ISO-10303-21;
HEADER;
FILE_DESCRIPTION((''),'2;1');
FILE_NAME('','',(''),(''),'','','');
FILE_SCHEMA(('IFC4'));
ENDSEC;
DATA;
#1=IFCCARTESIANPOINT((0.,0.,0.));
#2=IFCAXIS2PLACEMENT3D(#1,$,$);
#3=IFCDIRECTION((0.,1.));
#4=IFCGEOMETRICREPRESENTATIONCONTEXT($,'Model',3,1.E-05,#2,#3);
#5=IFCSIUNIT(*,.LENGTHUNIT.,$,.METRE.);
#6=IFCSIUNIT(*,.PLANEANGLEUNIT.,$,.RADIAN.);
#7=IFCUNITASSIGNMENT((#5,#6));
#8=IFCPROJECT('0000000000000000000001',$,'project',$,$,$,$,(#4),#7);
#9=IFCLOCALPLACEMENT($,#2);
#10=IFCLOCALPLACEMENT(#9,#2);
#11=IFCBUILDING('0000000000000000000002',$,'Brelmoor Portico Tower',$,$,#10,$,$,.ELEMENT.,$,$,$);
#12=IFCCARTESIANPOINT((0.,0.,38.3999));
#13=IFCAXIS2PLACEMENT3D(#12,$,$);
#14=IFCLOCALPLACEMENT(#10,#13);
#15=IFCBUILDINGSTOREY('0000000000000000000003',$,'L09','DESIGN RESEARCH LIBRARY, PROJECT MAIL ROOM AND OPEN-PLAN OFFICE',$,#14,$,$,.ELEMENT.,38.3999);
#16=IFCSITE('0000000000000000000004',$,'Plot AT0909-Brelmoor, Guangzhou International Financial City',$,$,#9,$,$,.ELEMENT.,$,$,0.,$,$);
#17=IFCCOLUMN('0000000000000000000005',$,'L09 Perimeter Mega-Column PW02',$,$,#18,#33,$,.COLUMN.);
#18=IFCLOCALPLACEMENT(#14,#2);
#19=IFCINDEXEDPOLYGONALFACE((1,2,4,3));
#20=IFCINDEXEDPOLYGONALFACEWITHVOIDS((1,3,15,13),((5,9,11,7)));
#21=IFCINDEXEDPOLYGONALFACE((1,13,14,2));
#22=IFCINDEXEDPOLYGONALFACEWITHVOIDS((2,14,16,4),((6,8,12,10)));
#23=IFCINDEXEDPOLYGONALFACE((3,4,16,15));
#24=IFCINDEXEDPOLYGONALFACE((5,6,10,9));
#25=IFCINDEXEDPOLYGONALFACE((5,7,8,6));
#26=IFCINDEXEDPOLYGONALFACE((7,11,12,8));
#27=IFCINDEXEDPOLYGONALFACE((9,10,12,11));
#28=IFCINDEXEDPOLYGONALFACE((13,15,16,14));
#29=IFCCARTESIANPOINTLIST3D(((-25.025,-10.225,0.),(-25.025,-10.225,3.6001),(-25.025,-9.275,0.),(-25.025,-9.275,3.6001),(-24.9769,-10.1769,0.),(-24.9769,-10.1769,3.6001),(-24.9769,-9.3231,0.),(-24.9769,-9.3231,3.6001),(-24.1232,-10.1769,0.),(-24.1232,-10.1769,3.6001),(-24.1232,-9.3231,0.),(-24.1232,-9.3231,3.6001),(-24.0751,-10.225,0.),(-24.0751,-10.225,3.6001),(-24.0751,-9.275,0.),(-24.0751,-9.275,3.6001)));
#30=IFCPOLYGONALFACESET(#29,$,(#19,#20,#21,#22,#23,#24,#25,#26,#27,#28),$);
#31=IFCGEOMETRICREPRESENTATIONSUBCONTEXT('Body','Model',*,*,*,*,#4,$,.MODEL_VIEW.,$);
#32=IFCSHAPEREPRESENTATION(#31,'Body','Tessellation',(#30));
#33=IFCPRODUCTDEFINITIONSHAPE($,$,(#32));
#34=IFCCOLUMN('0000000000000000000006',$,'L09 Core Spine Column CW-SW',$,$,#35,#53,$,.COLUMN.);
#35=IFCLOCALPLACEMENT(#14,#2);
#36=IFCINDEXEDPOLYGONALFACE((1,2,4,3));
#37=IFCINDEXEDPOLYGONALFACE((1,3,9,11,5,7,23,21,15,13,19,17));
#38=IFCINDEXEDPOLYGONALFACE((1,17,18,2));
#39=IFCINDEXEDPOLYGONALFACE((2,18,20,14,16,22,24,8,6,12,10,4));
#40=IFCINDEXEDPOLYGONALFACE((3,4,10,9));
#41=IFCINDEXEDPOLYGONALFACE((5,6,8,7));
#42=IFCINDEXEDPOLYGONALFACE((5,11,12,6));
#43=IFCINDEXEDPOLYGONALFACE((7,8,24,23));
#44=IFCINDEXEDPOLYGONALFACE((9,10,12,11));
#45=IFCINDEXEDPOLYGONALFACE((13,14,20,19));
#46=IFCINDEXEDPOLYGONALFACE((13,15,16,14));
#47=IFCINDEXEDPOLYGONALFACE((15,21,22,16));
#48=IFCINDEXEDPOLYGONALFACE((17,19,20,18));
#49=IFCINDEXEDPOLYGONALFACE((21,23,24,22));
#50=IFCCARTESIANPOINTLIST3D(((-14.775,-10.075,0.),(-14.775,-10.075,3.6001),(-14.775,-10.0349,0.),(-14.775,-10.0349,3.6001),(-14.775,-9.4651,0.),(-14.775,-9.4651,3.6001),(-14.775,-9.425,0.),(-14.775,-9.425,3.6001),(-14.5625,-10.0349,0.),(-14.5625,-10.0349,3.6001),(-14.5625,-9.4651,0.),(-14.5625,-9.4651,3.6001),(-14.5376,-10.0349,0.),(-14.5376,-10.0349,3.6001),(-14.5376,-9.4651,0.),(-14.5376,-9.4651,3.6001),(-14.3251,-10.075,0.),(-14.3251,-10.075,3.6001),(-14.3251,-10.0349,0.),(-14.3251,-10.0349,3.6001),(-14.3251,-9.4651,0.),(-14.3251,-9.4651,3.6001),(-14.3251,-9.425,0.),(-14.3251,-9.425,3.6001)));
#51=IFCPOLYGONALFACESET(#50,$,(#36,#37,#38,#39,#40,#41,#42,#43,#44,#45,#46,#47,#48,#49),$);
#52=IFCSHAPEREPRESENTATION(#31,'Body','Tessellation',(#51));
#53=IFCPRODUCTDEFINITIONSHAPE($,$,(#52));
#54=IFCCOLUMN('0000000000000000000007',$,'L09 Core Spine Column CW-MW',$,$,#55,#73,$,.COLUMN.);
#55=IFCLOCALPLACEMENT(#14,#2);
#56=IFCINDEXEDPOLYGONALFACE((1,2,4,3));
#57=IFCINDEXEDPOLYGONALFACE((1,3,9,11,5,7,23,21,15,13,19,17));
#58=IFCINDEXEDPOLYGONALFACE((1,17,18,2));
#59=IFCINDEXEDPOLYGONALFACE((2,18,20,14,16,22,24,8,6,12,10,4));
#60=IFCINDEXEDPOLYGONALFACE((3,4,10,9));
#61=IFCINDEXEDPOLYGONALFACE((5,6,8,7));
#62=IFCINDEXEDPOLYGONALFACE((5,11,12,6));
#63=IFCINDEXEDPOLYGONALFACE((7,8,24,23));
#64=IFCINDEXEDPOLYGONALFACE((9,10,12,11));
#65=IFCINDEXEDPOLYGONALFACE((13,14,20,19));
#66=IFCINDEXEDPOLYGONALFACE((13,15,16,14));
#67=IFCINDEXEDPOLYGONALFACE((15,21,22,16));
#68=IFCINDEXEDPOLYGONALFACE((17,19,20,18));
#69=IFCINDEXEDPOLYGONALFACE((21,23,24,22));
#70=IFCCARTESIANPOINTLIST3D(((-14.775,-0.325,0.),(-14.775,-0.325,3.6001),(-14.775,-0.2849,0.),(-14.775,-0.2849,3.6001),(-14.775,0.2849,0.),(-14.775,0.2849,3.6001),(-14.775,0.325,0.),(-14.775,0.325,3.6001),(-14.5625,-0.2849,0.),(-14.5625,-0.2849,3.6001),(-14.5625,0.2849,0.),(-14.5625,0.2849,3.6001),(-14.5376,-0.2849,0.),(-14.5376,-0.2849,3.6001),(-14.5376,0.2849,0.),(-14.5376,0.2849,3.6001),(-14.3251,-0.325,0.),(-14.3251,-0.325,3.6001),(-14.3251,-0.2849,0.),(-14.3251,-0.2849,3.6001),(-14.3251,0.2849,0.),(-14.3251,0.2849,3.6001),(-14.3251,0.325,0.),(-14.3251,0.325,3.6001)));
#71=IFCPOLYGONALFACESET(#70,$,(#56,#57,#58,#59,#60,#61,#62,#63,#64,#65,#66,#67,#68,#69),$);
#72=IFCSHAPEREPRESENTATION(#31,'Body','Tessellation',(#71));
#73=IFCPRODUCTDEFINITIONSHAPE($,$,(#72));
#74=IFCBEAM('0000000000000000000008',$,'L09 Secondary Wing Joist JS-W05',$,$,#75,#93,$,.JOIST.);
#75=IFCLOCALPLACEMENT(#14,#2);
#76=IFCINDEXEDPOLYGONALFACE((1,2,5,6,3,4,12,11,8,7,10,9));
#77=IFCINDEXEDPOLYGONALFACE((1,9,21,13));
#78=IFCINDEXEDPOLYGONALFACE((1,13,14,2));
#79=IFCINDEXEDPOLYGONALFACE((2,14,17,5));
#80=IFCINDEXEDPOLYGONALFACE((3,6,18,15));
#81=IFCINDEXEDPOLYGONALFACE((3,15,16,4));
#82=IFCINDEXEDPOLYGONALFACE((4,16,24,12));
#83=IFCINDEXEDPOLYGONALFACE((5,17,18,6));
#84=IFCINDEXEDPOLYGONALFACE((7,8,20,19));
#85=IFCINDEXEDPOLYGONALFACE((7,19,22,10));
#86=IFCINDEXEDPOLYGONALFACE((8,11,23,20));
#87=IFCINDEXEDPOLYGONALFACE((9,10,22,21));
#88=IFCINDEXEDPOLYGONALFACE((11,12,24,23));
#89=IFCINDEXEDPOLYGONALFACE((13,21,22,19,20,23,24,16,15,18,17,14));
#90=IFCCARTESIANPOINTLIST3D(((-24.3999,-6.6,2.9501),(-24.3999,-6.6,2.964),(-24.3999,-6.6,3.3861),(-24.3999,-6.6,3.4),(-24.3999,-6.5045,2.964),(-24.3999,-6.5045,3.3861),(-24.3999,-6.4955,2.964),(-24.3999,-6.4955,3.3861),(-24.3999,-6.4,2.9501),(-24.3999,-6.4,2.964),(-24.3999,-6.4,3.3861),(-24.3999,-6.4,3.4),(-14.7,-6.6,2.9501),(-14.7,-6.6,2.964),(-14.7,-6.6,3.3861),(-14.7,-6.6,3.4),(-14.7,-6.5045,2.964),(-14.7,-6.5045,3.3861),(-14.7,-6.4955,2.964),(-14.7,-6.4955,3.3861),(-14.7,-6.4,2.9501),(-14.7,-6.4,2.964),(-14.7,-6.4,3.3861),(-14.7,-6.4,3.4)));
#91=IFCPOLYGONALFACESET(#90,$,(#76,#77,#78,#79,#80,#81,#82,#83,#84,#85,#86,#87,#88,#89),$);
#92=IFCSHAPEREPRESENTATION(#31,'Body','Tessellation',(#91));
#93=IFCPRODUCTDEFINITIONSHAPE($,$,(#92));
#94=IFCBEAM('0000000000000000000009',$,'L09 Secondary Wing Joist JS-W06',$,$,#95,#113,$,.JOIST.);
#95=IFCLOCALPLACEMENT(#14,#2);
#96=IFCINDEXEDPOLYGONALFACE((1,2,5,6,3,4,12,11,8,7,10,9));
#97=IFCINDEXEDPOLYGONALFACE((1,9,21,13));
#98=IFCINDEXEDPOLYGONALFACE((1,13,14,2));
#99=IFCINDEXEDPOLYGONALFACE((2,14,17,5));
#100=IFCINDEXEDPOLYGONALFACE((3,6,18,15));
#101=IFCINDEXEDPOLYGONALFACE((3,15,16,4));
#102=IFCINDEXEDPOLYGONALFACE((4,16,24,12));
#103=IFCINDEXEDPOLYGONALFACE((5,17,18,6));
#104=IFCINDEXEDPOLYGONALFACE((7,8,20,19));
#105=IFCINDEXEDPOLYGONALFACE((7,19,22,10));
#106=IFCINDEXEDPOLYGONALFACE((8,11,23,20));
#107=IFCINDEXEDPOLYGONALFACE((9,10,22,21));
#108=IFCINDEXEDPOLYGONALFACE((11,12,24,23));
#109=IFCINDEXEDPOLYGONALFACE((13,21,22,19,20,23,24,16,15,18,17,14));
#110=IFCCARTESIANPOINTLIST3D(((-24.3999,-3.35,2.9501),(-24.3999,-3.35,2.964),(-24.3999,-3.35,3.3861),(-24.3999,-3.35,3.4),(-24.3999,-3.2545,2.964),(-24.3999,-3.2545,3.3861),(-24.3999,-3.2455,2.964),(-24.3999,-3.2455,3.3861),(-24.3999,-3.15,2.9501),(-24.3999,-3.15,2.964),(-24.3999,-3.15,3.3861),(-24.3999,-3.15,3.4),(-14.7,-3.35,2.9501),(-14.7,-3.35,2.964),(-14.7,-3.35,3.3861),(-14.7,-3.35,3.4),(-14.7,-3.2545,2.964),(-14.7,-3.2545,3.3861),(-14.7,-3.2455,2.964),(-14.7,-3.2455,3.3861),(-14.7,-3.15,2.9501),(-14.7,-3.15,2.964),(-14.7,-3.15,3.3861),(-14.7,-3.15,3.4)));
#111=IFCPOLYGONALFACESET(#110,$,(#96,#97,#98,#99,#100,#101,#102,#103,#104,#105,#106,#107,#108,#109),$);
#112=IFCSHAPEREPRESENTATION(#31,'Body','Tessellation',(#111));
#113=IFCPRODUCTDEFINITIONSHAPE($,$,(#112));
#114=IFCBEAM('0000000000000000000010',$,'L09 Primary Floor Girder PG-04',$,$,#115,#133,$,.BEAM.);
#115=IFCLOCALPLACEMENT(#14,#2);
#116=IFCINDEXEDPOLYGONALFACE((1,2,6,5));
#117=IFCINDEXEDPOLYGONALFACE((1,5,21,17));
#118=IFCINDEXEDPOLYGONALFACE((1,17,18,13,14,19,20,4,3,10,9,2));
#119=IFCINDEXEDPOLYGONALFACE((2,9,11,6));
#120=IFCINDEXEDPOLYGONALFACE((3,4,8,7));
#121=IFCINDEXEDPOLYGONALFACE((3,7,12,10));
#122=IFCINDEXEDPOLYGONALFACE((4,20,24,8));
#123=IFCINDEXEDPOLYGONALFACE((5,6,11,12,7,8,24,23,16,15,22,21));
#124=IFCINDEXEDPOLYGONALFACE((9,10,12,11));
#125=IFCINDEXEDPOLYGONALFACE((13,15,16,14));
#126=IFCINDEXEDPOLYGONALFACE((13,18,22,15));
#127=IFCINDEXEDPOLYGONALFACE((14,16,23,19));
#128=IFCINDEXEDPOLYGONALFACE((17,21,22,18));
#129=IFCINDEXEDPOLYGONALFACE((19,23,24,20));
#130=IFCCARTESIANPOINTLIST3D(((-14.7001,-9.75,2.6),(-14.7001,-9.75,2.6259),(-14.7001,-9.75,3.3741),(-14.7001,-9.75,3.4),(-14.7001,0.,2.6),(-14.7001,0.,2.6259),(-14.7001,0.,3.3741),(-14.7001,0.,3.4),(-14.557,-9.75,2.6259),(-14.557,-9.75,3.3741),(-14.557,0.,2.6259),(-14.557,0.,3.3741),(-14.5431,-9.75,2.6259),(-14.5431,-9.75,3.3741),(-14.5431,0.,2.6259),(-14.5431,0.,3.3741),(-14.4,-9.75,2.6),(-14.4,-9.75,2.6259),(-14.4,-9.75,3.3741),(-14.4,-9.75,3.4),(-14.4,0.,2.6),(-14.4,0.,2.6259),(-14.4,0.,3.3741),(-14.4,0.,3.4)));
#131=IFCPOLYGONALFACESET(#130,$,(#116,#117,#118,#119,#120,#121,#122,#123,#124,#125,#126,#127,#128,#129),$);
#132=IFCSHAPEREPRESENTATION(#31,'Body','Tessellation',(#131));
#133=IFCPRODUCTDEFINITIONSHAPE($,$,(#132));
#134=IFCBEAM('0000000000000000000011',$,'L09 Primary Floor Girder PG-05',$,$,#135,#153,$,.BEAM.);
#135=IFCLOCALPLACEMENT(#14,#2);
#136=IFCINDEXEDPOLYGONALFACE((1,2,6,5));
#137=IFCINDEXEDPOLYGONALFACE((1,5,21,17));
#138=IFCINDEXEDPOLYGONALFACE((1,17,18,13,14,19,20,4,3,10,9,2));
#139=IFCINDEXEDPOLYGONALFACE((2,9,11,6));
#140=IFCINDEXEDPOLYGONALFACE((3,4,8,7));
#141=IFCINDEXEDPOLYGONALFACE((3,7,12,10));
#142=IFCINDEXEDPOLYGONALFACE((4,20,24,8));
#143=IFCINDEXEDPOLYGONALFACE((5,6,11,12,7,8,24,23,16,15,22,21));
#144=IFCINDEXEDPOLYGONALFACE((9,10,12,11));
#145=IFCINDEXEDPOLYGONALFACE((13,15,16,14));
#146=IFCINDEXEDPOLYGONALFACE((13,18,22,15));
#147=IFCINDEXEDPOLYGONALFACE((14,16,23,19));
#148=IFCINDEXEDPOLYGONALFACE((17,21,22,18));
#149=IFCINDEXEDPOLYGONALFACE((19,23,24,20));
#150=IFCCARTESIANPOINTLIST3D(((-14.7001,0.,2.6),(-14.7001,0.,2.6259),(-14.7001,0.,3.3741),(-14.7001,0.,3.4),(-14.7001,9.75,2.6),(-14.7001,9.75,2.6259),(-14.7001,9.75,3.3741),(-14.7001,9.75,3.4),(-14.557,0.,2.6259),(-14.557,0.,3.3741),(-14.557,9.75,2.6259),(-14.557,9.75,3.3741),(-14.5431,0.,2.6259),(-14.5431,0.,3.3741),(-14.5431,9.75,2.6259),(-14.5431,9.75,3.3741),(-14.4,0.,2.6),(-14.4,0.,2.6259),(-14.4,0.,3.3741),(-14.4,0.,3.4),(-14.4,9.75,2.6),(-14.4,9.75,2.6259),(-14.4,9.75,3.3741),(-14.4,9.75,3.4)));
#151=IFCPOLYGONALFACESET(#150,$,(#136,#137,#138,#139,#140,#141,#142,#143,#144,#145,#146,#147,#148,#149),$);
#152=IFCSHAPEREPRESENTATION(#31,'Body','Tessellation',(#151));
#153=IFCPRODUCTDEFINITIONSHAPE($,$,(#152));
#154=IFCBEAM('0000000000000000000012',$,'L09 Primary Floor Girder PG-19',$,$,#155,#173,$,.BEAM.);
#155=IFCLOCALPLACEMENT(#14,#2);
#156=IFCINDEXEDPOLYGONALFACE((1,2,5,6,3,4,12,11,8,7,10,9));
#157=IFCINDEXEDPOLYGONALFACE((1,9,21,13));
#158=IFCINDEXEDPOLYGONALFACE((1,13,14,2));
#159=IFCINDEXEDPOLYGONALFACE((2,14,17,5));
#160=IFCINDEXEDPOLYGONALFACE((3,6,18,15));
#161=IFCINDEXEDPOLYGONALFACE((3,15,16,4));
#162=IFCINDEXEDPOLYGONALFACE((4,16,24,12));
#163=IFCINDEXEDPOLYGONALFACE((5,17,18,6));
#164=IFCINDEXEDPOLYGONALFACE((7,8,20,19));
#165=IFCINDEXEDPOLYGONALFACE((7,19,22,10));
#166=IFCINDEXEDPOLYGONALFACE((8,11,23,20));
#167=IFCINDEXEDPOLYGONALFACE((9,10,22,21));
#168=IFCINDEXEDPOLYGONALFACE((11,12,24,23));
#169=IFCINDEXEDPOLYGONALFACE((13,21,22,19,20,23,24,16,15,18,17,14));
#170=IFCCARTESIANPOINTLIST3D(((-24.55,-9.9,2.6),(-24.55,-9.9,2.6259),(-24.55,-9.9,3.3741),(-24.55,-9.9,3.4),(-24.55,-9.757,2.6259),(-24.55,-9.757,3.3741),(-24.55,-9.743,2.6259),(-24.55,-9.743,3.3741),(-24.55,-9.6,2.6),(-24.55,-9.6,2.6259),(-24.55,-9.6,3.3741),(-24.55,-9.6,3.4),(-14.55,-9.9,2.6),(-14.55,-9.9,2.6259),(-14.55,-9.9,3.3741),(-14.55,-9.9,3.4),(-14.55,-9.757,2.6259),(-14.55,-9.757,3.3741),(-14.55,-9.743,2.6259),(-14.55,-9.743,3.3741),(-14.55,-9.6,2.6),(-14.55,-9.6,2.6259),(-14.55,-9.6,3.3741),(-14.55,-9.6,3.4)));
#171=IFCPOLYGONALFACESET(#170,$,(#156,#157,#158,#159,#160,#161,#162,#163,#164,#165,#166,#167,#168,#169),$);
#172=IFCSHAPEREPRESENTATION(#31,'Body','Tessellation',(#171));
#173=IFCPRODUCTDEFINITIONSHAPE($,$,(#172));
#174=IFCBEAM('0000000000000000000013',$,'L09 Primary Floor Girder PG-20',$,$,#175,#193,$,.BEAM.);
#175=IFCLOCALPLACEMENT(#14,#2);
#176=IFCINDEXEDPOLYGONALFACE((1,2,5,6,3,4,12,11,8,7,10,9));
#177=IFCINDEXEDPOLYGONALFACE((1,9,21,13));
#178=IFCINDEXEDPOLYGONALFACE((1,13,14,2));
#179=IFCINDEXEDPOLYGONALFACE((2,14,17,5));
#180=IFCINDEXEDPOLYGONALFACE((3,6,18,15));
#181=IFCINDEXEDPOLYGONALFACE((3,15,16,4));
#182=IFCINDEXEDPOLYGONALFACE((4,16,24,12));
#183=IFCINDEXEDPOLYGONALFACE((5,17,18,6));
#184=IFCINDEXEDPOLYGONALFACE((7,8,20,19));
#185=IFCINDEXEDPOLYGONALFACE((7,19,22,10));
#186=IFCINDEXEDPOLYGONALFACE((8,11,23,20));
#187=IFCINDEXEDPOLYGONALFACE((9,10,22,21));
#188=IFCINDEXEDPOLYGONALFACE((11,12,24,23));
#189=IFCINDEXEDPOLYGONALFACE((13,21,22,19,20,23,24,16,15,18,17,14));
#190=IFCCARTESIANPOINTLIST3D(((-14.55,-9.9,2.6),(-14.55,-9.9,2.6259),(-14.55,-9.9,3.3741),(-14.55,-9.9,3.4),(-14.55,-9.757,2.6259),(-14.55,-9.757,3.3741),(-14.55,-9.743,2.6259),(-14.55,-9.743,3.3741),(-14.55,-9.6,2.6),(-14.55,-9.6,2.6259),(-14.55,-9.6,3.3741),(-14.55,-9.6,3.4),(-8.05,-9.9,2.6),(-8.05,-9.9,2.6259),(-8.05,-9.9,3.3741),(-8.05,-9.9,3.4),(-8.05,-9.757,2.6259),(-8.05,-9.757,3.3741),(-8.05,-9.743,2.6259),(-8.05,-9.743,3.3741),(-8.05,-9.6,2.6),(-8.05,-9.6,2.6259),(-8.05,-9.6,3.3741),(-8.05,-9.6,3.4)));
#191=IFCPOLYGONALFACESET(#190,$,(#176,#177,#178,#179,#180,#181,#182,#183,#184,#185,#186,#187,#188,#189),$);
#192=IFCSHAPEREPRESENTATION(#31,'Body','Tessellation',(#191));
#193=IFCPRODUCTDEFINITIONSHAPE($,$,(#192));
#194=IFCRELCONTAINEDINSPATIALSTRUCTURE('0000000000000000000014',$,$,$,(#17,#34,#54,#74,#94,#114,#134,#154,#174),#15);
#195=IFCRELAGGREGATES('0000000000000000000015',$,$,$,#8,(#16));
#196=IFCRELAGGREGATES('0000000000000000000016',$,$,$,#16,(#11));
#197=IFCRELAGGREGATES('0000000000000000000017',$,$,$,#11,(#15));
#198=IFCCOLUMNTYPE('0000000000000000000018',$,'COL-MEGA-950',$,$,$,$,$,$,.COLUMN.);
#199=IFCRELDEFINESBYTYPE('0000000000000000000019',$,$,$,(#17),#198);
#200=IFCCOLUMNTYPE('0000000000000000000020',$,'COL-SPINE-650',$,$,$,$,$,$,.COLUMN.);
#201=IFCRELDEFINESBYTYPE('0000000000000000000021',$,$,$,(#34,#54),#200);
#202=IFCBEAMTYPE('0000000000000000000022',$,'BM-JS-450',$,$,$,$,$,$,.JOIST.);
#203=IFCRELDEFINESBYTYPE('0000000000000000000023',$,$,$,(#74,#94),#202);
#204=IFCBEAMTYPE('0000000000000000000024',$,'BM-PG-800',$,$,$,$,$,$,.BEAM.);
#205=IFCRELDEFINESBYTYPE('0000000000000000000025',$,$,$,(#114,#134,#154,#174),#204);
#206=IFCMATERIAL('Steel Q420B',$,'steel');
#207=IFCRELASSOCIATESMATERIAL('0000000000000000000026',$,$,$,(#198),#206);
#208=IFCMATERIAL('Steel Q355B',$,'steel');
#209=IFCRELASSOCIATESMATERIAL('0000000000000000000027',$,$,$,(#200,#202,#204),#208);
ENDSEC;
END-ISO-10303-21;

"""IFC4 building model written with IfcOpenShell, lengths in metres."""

from ifc_helpers import new_model, si_unit, direction, frame, origin, origin_2d, place, context, subcontext, project, spatial, hollow_rectangle, i_section, extrude, material, material_profile, profile_set, type_object, element, save


model = new_model("IFC4")

# Units and contexts
model_context = context("Model", 3, precision=1e-05, world=origin(), true_north=direction((0.0, 1.0)))
body_context = subcontext(model_context, "Body", "Model", "MODEL_VIEW")
ifc_project = project(units=[si_unit("LENGTHUNIT", "METRE"), si_unit("PLANEANGLEUNIT", "RADIAN")], contexts=[model_context])

# Site, building, storey
site_placement = place(None, origin())
site = spatial("IfcSite", under=ifc_project, at=site_placement, Name="Plot AT0909-Brelmoor, Guangzhou International Financial City", CompositionType="ELEMENT", RefElevation=0.0)
building_placement = place(site_placement, origin())
building = spatial("IfcBuilding", under=site, at=building_placement, Name="Brelmoor Portico Tower", CompositionType="ELEMENT")
storey_placement = place(building_placement, frame((0.0, 0.0, 38.3999)))
storey = spatial("IfcBuildingStorey", under=building, at=storey_placement, Name="L09", Description="DESIGN RESEARCH LIBRARY, PROJECT MAIL ROOM AND OPEN-PLAN OFFICE", CompositionType="ELEMENT", Elevation=38.3999)

# Columns
ifc_material_1 = material(Name="Steel Q420B", Category="steel")
ifc_material_profile_1 = material_profile(ifc_material_1, hollow_rectangle(XDim=0.95, YDim=0.95, WallThickness=0.0481, at=origin_2d()), Name="BOX 950x950x48")
ifc_profile_set_1 = profile_set([ifc_material_profile_1], Name="Steel Q420B")
column_type_1 = type_object("IfcColumnType", Name="COL-MEGA-950", PredefinedType="COLUMN", material=ifc_profile_set_1)
column_placement = place(storey_placement, frame((-24.55, -9.75, 0.0), z_axis=(0.0, 0.0, 1.0), x_axis=(0.0, 1.0, 0.0)))
element("IfcColumn", 1, at=column_placement, inside=storey, type_object=column_type_1, Name="L09 Perimeter Mega-Column PW02", PredefinedType="COLUMN", context=body_context, shape_type="SweptSolid", body=[
    extrude(hollow_rectangle(XDim=0.95, YDim=0.95, WallThickness=0.0481, at=origin_2d()), origin(), (0.0, 0.0, 1.0), 3.6001),
])
ifc_material_2 = material(Name="Steel Q355B", Category="steel")
ifc_material_profile_2 = material_profile(ifc_material_2, i_section(OverallWidth=0.45, OverallDepth=0.6499, WebThickness=0.0249, FlangeThickness=0.04, at=origin_2d()), Name="HW 650x450x25x40")
ifc_profile_set_2 = profile_set([ifc_material_profile_2], Name="Steel Q355B")
column_type_2 = type_object("IfcColumnType", Name="COL-SPINE-650", PredefinedType="COLUMN", material=ifc_profile_set_2)
for number, where, z_axis, x_axis, name in (
    (2, (-14.55, -9.75, 0.0), (0.0, 0.0, 1.0), (1.0, 0.0, 0.0), "L09 Core Spine Column CW-SW"),
    (3, (-14.55, 0.0, 0.0), (0.0, 0.0, 1.0), (1.0, 0.0, 0.0), "L09 Core Spine Column CW-MW"),
):
    element("IfcColumn", number, at=place(storey_placement, frame(where, z_axis=z_axis, x_axis=x_axis)), inside=storey, type_object=column_type_2, Name=name, PredefinedType="COLUMN", context=body_context, shape_type="SweptSolid", body=[
        extrude(i_section(OverallWidth=0.45, OverallDepth=0.6499, WebThickness=0.0249, FlangeThickness=0.04, at=origin_2d()), origin(), (0.0, 0.0, 1.0), 3.6001),
    ])

# Beams
ifc_material_profile_3 = material_profile(ifc_material_2, i_section(OverallWidth=0.2, OverallDepth=0.45, WebThickness=0.009, FlangeThickness=0.0139, at=origin_2d()), Name="HN 450x200x9x14")
ifc_profile_set_3 = profile_set([ifc_material_profile_3], Name="Steel Q355B")
beam_type_1 = type_object("IfcBeamType", Name="BM-JS-450", PredefinedType="JOIST", material=ifc_profile_set_3)
for number, where, z_axis, x_axis, name in (
    (4, (-24.3999, -6.5, 3.175), (1.0, 0.0, 0.0), (0.0, 1.0, 0.0), "L09 Secondary Wing Joist JS-W05"),
    (5, (-24.3999, -3.25, 3.175), (1.0, 0.0, 0.0), (0.0, 1.0, 0.0), "L09 Secondary Wing Joist JS-W06"),
):
    element("IfcBeam", number, at=place(storey_placement, frame(where, z_axis=z_axis, x_axis=x_axis)), inside=storey, type_object=beam_type_1, Name=name, PredefinedType="JOIST", context=body_context, shape_type="SweptSolid", body=[
        extrude(i_section(OverallWidth=0.2, OverallDepth=0.45, WebThickness=0.009, FlangeThickness=0.0139, at=origin_2d()), origin(), (0.0, 0.0, 1.0), 9.7),
    ])
ifc_material_profile_4 = material_profile(ifc_material_2, i_section(OverallWidth=0.3, OverallDepth=0.8, WebThickness=0.0139, FlangeThickness=0.0259, at=origin_2d()), Name="HN 800x300x14x26")
ifc_profile_set_4 = profile_set([ifc_material_profile_4], Name="Steel Q355B")
beam_type_2 = type_object("IfcBeamType", Name="BM-PG-800", PredefinedType="BEAM", material=ifc_profile_set_4)
for number, where, z_axis, x_axis, name in (
    (6, (-14.55, -9.75, 3.0), (0.0, 1.0, 0.0), (-1.0, 0.0, 0.0), "L09 Primary Floor Girder PG-04"),
    (7, (-14.55, 0.0, 3.0), (0.0, 1.0, 0.0), (-1.0, 0.0, 0.0), "L09 Primary Floor Girder PG-05"),
):
    element("IfcBeam", number, at=place(storey_placement, frame(where, z_axis=z_axis, x_axis=x_axis)), inside=storey, type_object=beam_type_2, Name=name, PredefinedType="BEAM", context=body_context, shape_type="SweptSolid", body=[
        extrude(i_section(OverallWidth=0.3, OverallDepth=0.8, WebThickness=0.0139, FlangeThickness=0.0259, at=origin_2d()), origin(), (0.0, 0.0, 1.0), 9.75),
    ])
beam_1_placement = place(storey_placement, frame((-24.55, -9.75, 3.0), z_axis=(1.0, 0.0, 0.0), x_axis=(0.0, 1.0, 0.0)))
element("IfcBeam", 8, at=beam_1_placement, inside=storey, type_object=beam_type_2, Name="L09 Primary Floor Girder PG-19", PredefinedType="BEAM", context=body_context, shape_type="SweptSolid", body=[
    extrude(i_section(OverallWidth=0.3, OverallDepth=0.8, WebThickness=0.0139, FlangeThickness=0.0259, at=origin_2d()), origin(), (0.0, 0.0, 1.0), 10.0),
])
for number, where, z_axis, x_axis, name in (
    (9, (-14.55, -9.75, 3.0), (1.0, 0.0, 0.0), (0.0, 1.0, 0.0), "L09 Primary Floor Girder PG-20"),
):
    element("IfcBeam", number, at=place(storey_placement, frame(where, z_axis=z_axis, x_axis=x_axis)), inside=storey, type_object=beam_type_2, Name=name, PredefinedType="BEAM", context=body_context, shape_type="SweptSolid", body=[
        extrude(i_section(OverallWidth=0.3, OverallDepth=0.8, WebThickness=0.0139, FlangeThickness=0.0259, at=origin_2d()), origin(), (0.0, 0.0, 1.0), 6.5),
    ])

save(model, "model.ifc")
